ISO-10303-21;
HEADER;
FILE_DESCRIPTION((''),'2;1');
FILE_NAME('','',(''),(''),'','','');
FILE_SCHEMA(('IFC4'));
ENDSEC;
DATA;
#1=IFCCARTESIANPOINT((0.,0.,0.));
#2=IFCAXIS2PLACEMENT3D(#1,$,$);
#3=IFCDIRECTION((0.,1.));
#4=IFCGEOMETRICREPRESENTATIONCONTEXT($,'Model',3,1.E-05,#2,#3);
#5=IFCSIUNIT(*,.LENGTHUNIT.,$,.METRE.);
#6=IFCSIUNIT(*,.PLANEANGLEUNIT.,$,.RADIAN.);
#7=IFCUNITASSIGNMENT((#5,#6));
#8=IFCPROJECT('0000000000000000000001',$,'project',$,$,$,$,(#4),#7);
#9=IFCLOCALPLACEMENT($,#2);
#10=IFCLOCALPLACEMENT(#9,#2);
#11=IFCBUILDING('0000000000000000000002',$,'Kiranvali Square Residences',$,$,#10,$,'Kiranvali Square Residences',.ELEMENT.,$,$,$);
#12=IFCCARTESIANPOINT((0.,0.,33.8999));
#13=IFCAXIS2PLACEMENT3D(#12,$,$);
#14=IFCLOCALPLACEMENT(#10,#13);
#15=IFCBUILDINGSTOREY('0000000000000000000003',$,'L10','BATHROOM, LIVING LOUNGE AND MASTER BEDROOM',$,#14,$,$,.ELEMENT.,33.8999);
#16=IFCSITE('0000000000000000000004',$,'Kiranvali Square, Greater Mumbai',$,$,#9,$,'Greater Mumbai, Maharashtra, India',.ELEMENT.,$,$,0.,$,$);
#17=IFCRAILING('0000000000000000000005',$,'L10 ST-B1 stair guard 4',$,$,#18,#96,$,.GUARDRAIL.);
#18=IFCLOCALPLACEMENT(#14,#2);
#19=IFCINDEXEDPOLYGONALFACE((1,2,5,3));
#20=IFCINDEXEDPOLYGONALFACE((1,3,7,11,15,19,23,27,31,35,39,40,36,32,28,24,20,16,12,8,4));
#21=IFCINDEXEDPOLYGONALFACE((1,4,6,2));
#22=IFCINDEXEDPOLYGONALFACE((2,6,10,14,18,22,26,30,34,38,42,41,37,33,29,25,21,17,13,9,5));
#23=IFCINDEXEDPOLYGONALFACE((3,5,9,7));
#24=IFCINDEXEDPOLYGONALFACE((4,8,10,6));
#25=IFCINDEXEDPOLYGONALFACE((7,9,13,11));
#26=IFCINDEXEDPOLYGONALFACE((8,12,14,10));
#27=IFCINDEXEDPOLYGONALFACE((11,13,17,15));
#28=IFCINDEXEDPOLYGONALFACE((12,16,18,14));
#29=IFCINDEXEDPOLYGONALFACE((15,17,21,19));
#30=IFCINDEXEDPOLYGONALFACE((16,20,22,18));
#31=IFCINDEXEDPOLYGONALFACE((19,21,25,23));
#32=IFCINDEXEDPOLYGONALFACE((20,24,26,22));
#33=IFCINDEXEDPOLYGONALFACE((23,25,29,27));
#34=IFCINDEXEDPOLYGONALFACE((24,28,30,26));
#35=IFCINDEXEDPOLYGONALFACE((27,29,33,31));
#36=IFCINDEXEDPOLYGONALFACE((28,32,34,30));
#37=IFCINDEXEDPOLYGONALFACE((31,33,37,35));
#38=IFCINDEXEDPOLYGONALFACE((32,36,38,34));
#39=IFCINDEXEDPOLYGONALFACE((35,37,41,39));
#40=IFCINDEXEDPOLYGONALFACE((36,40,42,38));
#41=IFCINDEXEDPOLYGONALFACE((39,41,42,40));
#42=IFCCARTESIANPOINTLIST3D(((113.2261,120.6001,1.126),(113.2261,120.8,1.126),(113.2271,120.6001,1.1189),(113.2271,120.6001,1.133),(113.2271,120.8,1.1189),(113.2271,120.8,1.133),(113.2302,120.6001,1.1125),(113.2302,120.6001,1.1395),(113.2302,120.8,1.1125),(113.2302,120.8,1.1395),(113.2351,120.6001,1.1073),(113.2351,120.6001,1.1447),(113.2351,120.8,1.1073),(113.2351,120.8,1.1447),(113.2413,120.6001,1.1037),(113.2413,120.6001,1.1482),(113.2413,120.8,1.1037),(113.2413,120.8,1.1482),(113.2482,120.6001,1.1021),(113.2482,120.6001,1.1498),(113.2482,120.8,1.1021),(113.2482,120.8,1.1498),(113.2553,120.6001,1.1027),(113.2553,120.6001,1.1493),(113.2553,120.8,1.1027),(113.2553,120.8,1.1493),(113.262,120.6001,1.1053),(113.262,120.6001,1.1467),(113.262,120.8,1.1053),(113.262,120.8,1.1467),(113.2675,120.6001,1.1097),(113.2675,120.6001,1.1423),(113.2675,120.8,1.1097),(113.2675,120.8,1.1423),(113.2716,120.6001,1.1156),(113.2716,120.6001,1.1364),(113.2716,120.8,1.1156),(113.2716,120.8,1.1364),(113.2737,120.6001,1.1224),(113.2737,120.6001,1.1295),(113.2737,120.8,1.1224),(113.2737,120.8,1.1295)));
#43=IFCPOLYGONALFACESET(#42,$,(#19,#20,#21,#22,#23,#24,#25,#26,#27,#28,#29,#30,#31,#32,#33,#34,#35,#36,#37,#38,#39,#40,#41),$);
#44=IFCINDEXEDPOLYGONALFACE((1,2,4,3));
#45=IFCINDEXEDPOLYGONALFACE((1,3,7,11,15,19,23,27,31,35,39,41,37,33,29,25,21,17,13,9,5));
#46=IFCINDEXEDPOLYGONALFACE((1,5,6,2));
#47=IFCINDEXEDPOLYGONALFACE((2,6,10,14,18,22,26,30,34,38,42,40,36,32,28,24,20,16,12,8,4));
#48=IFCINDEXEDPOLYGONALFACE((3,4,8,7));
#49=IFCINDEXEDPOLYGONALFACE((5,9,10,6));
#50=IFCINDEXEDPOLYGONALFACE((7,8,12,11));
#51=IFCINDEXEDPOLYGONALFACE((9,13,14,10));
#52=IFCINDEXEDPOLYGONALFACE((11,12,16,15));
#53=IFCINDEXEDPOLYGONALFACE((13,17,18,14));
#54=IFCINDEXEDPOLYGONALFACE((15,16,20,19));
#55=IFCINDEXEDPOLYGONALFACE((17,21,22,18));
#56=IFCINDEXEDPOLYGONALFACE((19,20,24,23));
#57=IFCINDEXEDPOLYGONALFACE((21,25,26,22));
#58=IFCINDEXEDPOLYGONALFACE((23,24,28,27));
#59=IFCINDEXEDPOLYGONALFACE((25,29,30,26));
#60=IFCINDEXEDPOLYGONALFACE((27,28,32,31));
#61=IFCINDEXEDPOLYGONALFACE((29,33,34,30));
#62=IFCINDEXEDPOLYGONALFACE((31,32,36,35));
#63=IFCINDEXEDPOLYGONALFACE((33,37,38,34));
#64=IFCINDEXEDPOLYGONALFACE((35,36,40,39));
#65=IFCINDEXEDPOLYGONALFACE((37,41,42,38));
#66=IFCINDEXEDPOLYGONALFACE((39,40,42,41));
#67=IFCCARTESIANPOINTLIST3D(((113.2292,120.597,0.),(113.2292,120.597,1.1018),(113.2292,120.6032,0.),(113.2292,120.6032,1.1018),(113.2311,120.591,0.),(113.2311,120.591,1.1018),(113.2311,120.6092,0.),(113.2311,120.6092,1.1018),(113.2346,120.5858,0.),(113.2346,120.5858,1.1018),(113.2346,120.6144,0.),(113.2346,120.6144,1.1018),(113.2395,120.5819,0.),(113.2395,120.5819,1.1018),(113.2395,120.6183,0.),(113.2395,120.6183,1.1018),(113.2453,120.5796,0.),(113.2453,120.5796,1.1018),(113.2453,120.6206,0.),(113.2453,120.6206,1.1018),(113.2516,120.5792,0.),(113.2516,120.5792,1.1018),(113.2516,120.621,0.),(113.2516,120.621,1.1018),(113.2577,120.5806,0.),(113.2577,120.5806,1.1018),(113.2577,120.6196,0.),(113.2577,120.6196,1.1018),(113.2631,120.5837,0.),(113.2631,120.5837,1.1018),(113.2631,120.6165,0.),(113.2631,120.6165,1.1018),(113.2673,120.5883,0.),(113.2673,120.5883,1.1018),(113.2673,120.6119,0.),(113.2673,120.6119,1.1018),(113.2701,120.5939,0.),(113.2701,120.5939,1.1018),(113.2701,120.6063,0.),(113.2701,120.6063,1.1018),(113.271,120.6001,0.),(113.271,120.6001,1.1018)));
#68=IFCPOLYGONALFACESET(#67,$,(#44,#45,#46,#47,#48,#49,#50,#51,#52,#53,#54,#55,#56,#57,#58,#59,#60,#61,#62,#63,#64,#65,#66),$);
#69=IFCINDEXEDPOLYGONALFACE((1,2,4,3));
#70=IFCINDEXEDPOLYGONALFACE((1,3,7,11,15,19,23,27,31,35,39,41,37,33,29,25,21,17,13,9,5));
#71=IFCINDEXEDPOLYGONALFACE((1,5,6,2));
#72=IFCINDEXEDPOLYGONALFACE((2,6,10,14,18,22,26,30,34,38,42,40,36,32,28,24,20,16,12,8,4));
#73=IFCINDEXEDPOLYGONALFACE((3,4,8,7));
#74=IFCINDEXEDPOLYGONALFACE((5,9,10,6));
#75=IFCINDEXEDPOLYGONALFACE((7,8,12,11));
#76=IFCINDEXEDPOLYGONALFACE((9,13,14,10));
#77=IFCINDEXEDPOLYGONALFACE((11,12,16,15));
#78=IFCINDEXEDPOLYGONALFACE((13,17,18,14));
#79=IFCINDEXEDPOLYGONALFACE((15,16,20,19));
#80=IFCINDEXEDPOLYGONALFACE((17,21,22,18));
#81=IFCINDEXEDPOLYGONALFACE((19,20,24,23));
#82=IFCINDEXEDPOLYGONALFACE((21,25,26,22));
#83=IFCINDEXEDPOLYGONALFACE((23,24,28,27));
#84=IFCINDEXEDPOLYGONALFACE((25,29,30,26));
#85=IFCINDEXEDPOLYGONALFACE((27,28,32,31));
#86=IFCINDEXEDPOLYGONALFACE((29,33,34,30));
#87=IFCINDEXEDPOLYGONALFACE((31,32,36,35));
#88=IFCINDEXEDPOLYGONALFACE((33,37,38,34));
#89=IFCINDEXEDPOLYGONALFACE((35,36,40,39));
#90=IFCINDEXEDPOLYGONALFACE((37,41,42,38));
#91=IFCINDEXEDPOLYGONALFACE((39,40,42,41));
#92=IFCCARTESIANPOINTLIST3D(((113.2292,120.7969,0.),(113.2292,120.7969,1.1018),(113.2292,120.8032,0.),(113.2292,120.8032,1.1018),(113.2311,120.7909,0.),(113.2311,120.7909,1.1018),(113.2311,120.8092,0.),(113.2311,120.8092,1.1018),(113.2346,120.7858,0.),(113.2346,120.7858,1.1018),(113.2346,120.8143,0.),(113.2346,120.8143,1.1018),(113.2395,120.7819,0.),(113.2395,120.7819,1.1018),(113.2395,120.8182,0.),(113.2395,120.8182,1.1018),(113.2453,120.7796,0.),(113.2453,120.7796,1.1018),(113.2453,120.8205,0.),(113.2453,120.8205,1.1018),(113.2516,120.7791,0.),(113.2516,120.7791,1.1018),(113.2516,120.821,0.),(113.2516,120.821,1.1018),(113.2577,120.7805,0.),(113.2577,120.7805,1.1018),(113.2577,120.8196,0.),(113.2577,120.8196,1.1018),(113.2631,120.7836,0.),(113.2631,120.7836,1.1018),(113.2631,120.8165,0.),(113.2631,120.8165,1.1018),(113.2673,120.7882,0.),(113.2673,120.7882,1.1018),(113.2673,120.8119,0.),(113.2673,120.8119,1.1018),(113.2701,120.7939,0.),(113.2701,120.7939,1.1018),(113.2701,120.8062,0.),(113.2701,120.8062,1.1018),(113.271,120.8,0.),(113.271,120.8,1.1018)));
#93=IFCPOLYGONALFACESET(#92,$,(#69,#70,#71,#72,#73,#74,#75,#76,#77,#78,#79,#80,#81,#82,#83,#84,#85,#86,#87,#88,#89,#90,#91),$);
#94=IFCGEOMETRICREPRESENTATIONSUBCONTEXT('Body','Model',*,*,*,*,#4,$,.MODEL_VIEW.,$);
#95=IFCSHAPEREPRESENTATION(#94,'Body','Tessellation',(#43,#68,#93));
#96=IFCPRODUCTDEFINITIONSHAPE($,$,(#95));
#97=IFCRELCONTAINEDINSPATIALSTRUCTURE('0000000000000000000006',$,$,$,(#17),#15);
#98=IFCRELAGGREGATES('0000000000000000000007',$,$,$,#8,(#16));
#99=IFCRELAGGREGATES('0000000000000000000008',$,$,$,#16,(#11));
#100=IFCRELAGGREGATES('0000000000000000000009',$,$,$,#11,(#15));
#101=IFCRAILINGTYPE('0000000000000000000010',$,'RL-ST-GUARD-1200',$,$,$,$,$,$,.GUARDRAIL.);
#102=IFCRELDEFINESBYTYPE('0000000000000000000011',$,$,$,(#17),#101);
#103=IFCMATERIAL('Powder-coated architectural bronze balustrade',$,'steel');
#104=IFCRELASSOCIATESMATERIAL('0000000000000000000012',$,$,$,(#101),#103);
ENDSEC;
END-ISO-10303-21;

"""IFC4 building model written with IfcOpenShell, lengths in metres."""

from ifc_helpers import new_model, si_unit, direction, frame, origin, origin_2d, place, context, subcontext, project, spatial, circle, extrude, material, type_object, element, save


model = new_model("IFC4")

# Units and contexts
model_context = context("Model", 3, precision=1e-05, world=origin(), true_north=direction((0.0, 1.0)))
body_context = subcontext(model_context, "Body", "Model", "MODEL_VIEW")
ifc_project = project(units=[si_unit("LENGTHUNIT", "METRE"), si_unit("PLANEANGLEUNIT", "RADIAN")], contexts=[model_context])

# Site, building, storey
site_placement = place(None, origin())
site = spatial("IfcSite", under=ifc_project, at=site_placement, Name="Kiranvali Square, Greater Mumbai", LongName="Greater Mumbai, Maharashtra, India", CompositionType="ELEMENT", RefElevation=0.0)
building_placement = place(site_placement, origin())
building = spatial("IfcBuilding", under=site, at=building_placement, Name="Kiranvali Square Residences", LongName="Kiranvali Square Residences", CompositionType="ELEMENT")
storey_placement = place(building_placement, frame((0.0, 0.0, 33.8999)))
storey = spatial("IfcBuildingStorey", under=building, at=storey_placement, Name="L10", Description="BATHROOM, LIVING LOUNGE AND MASTER BEDROOM", CompositionType="ELEMENT", Elevation=33.8999)

# Railing
ifc_material_1 = material(Name="Powder-coated architectural bronze balustrade", Category="steel")
railing_type_1 = type_object("IfcRailingType", Name="RL-ST-GUARD-1200", PredefinedType="GUARDRAIL", material=ifc_material_1)
railing_1_placement = place(storey_placement, frame((113.25, 120.6001, 0.0)))
element("IfcRailing", 1, at=railing_1_placement, inside=storey, type_object=railing_type_1, Name="L10 ST-B1 stair guard 4", PredefinedType="GUARDRAIL", context=body_context, shape_type="SweptSolid", body=[
    extrude(circle(Radius=0.0239, at=origin_2d()), frame((0.0, 0.0, 1.126), z_axis=(0.0, 1.0, 0.0), x_axis=(-1.0, 0.0, 0.0)), (0.0, 0.0, 1.0), 0.2),
    extrude(circle(Radius=0.021, at=origin_2d()), origin(), (0.0, 0.0, 1.0), 1.1018),
    extrude(circle(Radius=0.021, at=origin_2d()), frame((0.0, 0.2, 0.0)), (0.0, 0.0, 1.0), 1.1018),
])

save(model, "model.ifc")
